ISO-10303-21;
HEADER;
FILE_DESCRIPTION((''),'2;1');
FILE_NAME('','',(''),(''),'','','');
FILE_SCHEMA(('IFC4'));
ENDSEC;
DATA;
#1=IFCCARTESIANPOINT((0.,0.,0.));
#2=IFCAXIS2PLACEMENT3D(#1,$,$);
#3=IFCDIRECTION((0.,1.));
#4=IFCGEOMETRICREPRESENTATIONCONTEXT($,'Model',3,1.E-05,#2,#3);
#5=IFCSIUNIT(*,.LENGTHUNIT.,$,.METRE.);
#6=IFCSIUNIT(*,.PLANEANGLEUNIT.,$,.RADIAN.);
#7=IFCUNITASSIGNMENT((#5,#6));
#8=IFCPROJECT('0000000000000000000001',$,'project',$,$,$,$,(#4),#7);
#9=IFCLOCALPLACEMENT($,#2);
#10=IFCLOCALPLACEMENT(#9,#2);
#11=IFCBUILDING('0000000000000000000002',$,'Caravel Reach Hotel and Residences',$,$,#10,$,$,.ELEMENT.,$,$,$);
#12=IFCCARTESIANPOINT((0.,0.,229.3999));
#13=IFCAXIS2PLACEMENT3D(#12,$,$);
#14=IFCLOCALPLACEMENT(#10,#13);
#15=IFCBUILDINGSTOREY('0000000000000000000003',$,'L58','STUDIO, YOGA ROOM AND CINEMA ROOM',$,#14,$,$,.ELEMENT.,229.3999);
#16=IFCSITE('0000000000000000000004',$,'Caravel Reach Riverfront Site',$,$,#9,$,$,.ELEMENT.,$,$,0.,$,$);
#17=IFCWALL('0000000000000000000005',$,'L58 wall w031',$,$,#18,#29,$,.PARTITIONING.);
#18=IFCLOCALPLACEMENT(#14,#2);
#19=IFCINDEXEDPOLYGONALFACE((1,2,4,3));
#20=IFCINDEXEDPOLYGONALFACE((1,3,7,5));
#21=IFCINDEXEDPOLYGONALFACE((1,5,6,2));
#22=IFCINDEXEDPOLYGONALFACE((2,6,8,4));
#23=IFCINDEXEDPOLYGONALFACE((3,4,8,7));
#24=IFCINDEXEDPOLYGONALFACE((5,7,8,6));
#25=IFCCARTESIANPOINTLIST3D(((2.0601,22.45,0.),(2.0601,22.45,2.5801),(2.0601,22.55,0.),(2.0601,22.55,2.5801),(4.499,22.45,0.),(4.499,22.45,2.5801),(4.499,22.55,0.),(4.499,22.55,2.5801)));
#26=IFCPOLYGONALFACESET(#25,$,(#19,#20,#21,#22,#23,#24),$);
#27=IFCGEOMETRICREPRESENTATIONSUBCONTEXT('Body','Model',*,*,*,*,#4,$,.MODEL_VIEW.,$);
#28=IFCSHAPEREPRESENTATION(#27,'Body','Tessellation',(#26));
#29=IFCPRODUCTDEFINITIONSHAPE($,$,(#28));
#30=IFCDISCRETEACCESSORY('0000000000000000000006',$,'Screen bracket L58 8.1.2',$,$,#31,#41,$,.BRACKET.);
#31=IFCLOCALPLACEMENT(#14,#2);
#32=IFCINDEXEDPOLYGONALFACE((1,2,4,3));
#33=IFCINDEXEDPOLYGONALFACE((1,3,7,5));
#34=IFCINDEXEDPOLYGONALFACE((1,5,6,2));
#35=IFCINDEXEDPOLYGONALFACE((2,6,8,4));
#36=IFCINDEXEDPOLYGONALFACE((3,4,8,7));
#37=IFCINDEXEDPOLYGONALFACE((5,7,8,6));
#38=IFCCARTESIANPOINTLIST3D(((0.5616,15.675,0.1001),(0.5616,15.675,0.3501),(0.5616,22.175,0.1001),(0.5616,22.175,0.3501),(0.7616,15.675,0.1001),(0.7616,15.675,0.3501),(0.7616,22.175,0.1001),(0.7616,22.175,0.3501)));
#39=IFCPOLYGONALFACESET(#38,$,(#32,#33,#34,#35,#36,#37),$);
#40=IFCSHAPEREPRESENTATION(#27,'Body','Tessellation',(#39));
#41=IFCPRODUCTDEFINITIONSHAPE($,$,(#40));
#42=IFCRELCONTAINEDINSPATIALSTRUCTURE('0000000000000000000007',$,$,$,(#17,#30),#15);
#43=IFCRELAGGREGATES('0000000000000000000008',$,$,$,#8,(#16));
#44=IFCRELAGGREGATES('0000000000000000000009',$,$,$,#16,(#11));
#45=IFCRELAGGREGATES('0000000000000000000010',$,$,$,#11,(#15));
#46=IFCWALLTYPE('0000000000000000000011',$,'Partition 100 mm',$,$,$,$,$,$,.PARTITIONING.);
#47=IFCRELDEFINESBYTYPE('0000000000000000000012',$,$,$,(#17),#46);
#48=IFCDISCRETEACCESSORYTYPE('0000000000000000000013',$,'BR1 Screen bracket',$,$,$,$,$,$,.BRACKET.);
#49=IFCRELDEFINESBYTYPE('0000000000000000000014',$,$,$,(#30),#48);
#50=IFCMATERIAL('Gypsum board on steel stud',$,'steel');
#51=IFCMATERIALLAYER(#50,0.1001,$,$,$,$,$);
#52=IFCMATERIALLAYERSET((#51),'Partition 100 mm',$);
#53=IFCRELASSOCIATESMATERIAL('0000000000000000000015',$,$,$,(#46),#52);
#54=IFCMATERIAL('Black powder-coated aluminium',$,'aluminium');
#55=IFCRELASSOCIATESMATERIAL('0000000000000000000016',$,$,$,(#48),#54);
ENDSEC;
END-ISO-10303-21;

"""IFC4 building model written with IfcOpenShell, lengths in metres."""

from ifc_helpers import new_model, si_unit, direction, frame, frame_2d, origin, origin_2d, place, context, subcontext, project, spatial, rectangle, extrude, material, layer, layer_set, type_object, element, save


model = new_model("IFC4")

# Units and contexts
model_context = context("Model", 3, precision=1e-05, world=origin(), true_north=direction((0.0, 1.0)))
body_context = subcontext(model_context, "Body", "Model", "MODEL_VIEW")
ifc_project = project(units=[si_unit("LENGTHUNIT", "METRE"), si_unit("PLANEANGLEUNIT", "RADIAN")], contexts=[model_context])

# Site, building, storey
site_placement = place(None, origin())
site = spatial("IfcSite", under=ifc_project, at=site_placement, Name="Caravel Reach Riverfront Site", CompositionType="ELEMENT", RefElevation=0.0)
building_placement = place(site_placement, origin())
building = spatial("IfcBuilding", under=site, at=building_placement, Name="Caravel Reach Hotel and Residences", CompositionType="ELEMENT")
storey_placement = place(building_placement, frame((0.0, 0.0, 229.3999)))
storey = spatial("IfcBuildingStorey", under=building, at=storey_placement, Name="L58", Description="STUDIO, YOGA ROOM AND CINEMA ROOM", CompositionType="ELEMENT", Elevation=229.3999)

# Wall
ifc_material_1 = material(Name="Gypsum board on steel stud", Category="steel")
ifc_layer_1 = layer(ifc_material_1, 0.1001)
ifc_layer_set_1 = layer_set([ifc_layer_1], Name="Partition 100 mm")
wall_type_1 = type_object("IfcWallType", Name="Partition 100 mm", PredefinedType="PARTITIONING", material=ifc_layer_set_1)
wall_1_placement = place(storey_placement, frame((2.0601, 22.5, 0.0), z_axis=(0.0, 0.0, 1.0), x_axis=(1.0, 0.0, 0.0)))
element("IfcWall", 1, at=wall_1_placement, inside=storey, type_object=wall_type_1, Name="L58 wall w031", PredefinedType="PARTITIONING", context=body_context, shape_type="SweptSolid", body=[
    extrude(rectangle(XDim=2.439, YDim=0.1001, at=frame_2d((1.2195, 0.0))), origin(), (0.0, 0.0, 1.0), 2.5801),
])

# Discrete accessory
ifc_material_2 = material(Name="Black powder-coated aluminium", Category="aluminium")
discrete_accessory_type = type_object("IfcDiscreteAccessoryType", Name="BR1 Screen bracket", PredefinedType="BRACKET", material=ifc_material_2)
discrete_accessory_placement = place(storey_placement, frame((0.6616, 18.925, 0.1001), z_axis=(0.0, 0.0, 1.0), x_axis=(0.0, -1.0, 0.0)))
element("IfcDiscreteAccessory", 2, at=discrete_accessory_placement, inside=storey, type_object=discrete_accessory_type, Name="Screen bracket L58 8.1.2", PredefinedType="BRACKET", context=body_context, shape_type="SweptSolid", body=[
    extrude(rectangle(XDim=6.5, YDim=0.2, at=origin_2d()), origin(), (0.0, 0.0, 1.0), 0.25),
])

save(model, "model.ifc")
